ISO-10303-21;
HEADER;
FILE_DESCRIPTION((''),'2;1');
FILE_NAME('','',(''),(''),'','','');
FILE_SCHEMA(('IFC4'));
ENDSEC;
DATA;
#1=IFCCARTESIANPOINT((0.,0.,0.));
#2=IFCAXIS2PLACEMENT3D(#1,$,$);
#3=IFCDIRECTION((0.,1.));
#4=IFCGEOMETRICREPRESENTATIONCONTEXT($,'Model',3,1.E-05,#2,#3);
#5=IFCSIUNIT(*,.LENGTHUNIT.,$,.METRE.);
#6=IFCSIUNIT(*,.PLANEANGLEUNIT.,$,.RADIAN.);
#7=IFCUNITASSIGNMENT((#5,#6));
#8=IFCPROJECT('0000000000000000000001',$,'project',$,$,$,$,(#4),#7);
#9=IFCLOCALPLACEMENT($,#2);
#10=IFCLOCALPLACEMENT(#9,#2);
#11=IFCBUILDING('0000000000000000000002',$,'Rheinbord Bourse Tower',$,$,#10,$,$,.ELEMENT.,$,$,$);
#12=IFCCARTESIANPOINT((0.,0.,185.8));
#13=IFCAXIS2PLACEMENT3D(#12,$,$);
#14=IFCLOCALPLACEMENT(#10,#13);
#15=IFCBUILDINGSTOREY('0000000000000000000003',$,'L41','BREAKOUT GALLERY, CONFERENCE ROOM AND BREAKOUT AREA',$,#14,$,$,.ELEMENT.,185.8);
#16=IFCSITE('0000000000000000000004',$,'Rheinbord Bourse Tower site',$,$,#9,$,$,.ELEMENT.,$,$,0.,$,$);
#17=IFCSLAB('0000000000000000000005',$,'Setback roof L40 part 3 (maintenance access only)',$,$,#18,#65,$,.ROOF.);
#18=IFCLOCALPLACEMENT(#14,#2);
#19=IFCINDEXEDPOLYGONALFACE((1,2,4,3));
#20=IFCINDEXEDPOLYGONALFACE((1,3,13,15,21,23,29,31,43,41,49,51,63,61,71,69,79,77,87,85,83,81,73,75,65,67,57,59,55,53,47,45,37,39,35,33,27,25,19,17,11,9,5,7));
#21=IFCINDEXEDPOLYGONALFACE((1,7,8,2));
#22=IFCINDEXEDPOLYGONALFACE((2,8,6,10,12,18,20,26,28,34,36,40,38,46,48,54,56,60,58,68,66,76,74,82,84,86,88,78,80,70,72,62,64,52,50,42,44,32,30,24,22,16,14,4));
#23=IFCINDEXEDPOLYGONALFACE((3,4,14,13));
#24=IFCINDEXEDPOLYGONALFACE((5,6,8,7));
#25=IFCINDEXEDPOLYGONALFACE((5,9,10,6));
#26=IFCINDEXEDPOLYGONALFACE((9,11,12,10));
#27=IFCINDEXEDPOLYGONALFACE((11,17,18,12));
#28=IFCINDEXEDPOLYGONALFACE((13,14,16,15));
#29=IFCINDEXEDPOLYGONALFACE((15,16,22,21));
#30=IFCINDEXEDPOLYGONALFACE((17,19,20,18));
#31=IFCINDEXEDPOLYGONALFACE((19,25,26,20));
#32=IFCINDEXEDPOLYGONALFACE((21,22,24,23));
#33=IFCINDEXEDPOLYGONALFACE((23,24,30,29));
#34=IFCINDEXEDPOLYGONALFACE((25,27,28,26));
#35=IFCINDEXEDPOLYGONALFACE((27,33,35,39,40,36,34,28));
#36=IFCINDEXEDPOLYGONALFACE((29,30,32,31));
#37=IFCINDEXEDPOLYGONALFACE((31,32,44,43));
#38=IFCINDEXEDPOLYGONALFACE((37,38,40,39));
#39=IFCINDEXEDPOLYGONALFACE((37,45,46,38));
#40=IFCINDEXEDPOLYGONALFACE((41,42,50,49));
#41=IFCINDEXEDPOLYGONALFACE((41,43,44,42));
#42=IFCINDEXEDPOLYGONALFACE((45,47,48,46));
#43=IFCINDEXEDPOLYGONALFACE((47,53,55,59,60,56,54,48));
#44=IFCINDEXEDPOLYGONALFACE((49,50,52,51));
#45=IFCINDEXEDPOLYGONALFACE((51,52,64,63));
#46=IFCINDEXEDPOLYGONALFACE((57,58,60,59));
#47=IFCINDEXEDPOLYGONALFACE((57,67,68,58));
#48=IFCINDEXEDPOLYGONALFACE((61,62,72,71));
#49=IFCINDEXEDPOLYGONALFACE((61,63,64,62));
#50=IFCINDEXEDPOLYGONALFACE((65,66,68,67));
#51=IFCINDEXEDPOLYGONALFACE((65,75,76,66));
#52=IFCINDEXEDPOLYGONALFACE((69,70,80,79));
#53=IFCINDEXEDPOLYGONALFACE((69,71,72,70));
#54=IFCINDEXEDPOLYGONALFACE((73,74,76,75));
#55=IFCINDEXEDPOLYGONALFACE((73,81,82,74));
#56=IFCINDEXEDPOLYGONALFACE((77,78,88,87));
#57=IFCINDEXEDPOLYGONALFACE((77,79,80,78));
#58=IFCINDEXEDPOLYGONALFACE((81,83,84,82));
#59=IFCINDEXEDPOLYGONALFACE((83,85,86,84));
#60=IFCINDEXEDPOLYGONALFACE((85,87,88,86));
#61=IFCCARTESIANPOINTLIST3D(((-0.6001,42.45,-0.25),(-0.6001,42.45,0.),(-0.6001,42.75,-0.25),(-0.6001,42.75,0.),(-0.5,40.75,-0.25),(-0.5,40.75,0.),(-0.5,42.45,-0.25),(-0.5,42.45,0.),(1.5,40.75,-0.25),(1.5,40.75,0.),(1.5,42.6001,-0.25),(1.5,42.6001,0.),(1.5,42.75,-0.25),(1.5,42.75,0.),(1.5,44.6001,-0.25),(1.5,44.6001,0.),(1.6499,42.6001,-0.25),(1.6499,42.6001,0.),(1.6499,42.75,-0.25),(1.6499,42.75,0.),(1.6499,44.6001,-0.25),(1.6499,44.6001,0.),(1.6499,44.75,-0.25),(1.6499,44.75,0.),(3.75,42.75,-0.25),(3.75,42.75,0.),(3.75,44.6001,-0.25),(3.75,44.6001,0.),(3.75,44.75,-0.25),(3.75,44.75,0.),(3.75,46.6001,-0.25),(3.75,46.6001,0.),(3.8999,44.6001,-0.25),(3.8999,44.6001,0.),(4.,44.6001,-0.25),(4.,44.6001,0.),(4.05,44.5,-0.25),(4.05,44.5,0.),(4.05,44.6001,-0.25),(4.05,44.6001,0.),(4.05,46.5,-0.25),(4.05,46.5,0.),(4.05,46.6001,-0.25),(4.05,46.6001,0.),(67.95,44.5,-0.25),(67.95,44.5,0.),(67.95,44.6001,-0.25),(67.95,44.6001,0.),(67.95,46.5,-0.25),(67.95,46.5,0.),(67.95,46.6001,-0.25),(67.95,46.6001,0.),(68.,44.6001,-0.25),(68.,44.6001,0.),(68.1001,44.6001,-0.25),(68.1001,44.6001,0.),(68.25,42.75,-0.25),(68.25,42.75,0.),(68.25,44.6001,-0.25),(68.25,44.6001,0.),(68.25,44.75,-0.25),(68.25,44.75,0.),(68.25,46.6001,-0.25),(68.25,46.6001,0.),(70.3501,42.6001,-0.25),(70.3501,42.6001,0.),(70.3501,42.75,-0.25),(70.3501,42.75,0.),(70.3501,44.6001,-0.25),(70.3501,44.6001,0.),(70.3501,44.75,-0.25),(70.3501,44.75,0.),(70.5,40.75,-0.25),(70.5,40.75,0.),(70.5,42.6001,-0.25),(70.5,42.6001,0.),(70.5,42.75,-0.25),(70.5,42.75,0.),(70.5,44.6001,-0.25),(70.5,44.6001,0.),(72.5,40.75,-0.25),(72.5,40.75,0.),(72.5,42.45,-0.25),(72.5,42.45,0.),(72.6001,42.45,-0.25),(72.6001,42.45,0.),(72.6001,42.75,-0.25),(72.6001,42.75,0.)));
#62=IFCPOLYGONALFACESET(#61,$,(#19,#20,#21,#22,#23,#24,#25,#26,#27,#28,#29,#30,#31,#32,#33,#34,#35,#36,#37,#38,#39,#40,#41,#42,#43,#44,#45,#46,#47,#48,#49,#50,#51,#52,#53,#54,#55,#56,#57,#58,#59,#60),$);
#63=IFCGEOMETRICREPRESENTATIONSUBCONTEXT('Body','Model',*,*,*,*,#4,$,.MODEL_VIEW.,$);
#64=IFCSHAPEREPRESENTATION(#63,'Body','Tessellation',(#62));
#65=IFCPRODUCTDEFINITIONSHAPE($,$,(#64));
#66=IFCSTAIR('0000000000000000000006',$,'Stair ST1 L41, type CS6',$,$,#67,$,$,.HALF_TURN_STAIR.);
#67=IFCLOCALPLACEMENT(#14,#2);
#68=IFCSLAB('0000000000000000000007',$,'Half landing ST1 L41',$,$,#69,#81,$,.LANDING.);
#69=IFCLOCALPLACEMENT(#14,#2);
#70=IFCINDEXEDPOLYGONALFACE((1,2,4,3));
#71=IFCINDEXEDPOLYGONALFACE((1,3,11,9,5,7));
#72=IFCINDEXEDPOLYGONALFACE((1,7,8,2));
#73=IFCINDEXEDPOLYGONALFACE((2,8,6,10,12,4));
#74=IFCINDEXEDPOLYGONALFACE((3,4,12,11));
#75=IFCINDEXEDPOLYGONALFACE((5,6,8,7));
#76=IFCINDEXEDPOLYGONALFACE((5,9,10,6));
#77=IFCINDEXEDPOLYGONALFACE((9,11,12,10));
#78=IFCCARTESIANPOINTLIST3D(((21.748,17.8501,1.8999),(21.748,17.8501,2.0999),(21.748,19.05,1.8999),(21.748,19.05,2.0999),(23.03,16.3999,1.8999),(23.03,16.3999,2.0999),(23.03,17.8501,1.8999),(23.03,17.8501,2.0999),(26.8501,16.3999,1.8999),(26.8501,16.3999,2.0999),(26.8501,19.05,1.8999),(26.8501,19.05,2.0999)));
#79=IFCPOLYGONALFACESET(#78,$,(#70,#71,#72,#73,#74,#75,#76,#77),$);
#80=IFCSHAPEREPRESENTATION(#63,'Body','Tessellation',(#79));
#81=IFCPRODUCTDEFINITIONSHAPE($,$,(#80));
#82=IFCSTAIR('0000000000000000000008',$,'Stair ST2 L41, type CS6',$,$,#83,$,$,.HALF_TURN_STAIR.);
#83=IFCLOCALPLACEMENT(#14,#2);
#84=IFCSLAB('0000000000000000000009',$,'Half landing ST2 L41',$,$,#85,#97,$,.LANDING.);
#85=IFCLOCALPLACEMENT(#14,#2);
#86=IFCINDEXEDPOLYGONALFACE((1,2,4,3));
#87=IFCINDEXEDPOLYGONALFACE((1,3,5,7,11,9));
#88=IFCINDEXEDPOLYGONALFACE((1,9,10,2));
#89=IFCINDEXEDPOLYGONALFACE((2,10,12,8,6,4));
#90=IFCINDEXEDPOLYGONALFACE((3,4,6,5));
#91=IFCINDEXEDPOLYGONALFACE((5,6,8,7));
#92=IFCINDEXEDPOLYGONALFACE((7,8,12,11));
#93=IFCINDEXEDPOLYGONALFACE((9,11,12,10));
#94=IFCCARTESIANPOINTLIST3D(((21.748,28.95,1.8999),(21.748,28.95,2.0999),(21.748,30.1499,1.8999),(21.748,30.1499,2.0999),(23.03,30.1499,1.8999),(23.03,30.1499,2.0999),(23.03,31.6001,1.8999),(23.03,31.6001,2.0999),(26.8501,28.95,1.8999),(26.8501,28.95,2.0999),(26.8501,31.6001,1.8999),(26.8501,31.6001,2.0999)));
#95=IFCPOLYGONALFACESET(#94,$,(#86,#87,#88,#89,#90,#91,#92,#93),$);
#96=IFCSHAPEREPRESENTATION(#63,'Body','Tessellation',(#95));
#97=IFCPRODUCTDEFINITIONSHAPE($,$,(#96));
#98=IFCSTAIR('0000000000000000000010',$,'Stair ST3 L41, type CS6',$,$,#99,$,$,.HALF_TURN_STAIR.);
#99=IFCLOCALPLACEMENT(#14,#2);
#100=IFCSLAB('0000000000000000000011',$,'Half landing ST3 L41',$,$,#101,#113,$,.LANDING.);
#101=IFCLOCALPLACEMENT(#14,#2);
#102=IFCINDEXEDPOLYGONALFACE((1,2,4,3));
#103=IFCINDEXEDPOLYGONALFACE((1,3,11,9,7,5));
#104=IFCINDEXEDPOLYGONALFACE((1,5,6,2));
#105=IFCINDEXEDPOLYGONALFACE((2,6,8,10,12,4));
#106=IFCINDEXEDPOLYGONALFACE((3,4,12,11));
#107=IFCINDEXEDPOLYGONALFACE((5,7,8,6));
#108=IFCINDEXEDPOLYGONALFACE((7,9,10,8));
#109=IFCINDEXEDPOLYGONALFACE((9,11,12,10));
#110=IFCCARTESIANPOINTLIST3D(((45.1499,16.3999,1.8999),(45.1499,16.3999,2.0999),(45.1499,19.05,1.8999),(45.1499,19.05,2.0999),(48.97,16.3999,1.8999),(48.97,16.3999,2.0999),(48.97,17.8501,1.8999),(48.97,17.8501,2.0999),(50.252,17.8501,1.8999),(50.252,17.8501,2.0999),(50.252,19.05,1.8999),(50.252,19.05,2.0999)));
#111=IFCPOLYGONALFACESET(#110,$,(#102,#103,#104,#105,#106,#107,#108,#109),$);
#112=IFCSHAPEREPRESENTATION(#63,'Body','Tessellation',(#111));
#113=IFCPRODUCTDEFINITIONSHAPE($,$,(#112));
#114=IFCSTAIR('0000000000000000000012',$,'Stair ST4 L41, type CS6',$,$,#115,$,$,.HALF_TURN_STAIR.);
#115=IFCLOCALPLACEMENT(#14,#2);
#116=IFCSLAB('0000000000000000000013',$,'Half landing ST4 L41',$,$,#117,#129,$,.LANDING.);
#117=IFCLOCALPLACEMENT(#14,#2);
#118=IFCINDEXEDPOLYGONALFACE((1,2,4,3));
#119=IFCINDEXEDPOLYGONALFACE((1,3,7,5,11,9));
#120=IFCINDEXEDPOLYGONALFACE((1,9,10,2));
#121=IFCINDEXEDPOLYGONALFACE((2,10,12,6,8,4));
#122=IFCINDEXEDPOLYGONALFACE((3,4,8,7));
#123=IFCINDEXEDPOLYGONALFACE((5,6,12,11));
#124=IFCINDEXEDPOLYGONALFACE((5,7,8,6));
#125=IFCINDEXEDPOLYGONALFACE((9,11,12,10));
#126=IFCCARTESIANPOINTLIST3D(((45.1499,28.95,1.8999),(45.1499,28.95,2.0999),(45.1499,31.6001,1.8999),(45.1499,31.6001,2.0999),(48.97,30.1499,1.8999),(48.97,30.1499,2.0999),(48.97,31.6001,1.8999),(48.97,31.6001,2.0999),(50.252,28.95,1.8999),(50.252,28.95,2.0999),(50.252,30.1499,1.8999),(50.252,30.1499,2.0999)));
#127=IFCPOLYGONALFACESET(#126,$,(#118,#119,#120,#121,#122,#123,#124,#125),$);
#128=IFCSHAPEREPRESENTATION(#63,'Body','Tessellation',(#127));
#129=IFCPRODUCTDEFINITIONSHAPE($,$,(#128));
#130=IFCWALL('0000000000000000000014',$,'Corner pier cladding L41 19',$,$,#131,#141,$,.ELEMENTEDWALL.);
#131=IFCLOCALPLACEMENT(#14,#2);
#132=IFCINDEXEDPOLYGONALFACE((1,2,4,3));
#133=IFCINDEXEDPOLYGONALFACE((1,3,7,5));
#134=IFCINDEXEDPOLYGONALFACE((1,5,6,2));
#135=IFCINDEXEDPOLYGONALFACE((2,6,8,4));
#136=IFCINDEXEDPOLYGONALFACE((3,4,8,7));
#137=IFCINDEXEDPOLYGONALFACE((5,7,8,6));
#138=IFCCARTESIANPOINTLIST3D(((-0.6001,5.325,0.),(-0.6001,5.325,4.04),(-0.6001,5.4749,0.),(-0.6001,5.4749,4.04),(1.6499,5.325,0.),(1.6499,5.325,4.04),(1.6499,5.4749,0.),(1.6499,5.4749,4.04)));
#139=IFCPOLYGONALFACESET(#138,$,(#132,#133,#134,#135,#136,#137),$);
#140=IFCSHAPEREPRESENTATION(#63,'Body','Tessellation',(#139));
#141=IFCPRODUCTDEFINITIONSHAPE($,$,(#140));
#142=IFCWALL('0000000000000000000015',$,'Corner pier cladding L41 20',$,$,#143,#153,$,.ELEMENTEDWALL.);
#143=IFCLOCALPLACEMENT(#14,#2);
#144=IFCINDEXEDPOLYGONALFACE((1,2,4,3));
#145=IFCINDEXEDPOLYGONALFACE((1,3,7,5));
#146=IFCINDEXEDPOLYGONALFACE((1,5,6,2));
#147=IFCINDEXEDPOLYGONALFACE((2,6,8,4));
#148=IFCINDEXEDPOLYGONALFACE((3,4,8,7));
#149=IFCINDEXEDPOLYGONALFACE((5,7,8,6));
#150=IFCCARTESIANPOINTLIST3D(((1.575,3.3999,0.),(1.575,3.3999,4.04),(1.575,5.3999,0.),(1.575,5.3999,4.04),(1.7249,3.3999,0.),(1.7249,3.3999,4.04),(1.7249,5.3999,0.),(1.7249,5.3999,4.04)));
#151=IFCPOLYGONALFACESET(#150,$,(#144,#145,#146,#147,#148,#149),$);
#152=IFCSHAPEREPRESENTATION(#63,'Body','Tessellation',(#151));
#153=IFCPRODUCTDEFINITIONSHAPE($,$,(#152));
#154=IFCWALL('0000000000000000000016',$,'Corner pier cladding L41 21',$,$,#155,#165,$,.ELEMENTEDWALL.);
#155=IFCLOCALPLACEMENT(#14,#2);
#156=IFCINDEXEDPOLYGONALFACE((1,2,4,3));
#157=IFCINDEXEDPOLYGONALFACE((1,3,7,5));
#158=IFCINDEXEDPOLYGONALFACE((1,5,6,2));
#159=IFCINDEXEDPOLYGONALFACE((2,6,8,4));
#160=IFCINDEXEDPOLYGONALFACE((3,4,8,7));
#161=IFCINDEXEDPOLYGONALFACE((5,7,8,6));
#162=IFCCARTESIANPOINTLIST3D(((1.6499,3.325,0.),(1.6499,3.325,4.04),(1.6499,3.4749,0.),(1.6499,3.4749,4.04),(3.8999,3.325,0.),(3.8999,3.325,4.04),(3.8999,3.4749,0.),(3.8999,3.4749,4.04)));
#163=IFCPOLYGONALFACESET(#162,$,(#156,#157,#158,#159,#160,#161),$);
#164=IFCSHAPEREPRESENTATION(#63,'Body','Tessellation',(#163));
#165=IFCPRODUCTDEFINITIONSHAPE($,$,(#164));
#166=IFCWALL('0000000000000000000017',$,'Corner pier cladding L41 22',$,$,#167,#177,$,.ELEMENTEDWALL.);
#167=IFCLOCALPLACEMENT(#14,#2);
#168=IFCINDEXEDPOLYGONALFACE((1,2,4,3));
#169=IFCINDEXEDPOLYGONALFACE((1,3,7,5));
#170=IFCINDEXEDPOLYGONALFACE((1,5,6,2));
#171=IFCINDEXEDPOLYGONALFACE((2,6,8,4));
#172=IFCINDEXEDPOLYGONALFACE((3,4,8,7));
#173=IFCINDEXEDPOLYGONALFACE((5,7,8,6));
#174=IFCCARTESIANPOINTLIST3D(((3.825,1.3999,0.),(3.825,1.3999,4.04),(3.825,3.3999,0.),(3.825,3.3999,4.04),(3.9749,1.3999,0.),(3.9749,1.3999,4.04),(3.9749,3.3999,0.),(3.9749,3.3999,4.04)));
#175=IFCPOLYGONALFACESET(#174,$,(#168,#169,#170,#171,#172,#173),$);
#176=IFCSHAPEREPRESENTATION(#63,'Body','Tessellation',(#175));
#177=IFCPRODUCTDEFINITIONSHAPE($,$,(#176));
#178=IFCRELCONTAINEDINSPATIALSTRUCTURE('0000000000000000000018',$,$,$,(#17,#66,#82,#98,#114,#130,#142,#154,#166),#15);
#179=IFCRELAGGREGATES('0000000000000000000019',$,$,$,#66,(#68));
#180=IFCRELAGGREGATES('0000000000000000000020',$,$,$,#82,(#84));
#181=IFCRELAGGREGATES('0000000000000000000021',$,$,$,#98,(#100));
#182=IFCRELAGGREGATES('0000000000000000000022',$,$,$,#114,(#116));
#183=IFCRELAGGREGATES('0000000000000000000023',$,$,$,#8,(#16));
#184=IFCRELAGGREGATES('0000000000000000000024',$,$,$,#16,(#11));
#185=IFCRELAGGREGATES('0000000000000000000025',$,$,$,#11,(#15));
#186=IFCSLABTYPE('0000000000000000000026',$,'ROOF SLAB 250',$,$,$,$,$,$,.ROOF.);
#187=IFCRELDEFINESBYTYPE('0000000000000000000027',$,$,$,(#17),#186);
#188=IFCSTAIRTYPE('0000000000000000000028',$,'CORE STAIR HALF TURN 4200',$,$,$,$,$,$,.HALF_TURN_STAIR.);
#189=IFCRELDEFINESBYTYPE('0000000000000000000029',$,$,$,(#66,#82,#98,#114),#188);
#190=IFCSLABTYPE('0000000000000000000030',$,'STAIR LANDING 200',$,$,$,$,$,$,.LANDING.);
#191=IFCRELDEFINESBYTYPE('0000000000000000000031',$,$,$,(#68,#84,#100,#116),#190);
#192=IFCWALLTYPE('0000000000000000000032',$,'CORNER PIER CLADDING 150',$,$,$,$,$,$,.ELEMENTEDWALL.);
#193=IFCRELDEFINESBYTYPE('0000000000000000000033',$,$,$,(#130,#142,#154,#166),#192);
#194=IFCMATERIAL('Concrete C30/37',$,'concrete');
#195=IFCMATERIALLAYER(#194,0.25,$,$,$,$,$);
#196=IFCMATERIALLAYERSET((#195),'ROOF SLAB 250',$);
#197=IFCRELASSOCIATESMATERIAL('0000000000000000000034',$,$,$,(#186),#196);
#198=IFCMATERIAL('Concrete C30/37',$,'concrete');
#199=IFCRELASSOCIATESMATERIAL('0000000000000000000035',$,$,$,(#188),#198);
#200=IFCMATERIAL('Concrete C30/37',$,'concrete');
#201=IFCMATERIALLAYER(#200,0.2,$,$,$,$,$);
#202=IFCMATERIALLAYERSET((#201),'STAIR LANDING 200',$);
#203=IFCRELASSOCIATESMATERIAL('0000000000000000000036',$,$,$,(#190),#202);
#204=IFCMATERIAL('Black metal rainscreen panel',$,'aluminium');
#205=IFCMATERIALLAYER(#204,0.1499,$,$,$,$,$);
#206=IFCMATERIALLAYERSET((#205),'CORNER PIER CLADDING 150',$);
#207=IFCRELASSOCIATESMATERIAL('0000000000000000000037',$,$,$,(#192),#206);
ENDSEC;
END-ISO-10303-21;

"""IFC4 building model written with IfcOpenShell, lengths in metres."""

from ifc_helpers import new_model, si_unit, direction, frame, frame_2d, origin, place, context, subcontext, project, spatial, polyline, rectangle, outline, extrude, material, layer, layer_set, type_object, element, aggregate, save


model = new_model("IFC4")

# Units and contexts
model_context = context("Model", 3, precision=1e-05, world=origin(), true_north=direction((0.0, 1.0)))
body_context = subcontext(model_context, "Body", "Model", "MODEL_VIEW")
ifc_project = project(units=[si_unit("LENGTHUNIT", "METRE"), si_unit("PLANEANGLEUNIT", "RADIAN")], contexts=[model_context])

# Site, building, storey
site_placement = place(None, origin())
site = spatial("IfcSite", under=ifc_project, at=site_placement, Name="Rheinbord Bourse Tower site", CompositionType="ELEMENT", RefElevation=0.0)
building_placement = place(site_placement, origin())
building = spatial("IfcBuilding", under=site, at=building_placement, Name="Rheinbord Bourse Tower", CompositionType="ELEMENT")
storey_placement = place(building_placement, frame((0.0, 0.0, 185.8)))
storey = spatial("IfcBuildingStorey", under=building, at=storey_placement, Name="L41", Description="BREAKOUT GALLERY, CONFERENCE ROOM AND BREAKOUT AREA", CompositionType="ELEMENT", Elevation=185.8)

# Slab
ifc_material_1 = material(Name="Concrete C30/37", Category="concrete")
ifc_layer_1 = layer(ifc_material_1, 0.25)
ifc_layer_set_1 = layer_set([ifc_layer_1], Name="ROOF SLAB 250")
slab_type_1 = type_object("IfcSlabType", Name="ROOF SLAB 250", PredefinedType="ROOF", material=ifc_layer_set_1)
slab_1_placement = place(storey_placement, frame((0.0, 0.0, -0.25)))
element("IfcSlab", 1, at=slab_1_placement, inside=storey, type_object=slab_type_1, Name="Setback roof L40 part 3 (maintenance access only)", PredefinedType="ROOF", context=body_context, shape_type="SweptSolid", body=[
    extrude(outline(polyline([(-0.5, 42.45), (-0.6001, 42.45), (-0.6001, 42.75), (1.5, 42.75), (1.5, 44.6001), (1.6499, 44.6001), (1.6499, 44.75), (3.75, 44.75), (3.75, 46.6001), (4.05, 46.6001), (4.05, 46.5), (67.95, 46.5), (67.95, 46.6001), (68.25, 46.6001), (68.25, 44.75), (70.3501, 44.75), (70.3501, 44.6001), (70.5, 44.6001), (70.5, 42.75), (72.6001, 42.75), (72.6001, 42.45), (72.5, 42.45), (72.5, 40.75), (70.5, 40.75), (70.5, 42.6001), (70.3501, 42.6001), (70.3501, 42.75), (68.25, 42.75), (68.25, 44.6001), (68.1001, 44.6001), (68.0, 44.6001), (67.95, 44.6001), (67.95, 44.5), (4.05, 44.5), (4.05, 44.6001), (4.0, 44.6001), (3.8999, 44.6001), (3.75, 44.6001), (3.75, 42.75), (1.6499, 42.75), (1.6499, 42.6001), (1.5, 42.6001), (1.5, 40.75), (-0.5, 40.75), (-0.5, 42.45)])), origin(), (0.0, 0.0, 1.0), 0.25),
])

# Stairs, slabs
ifc_material_2 = material(Name="Concrete C30/37", Category="concrete")
stair_type = type_object("IfcStairType", Name="CORE STAIR HALF TURN 4200", PredefinedType="HALF_TURN_STAIR", material=ifc_material_2)
stair_1_placement = place(storey_placement, origin())
stair_1 = element("IfcStair", 2, at=stair_1_placement, inside=storey, type_object=stair_type, Name="Stair ST1 L41, type CS6", PredefinedType="HALF_TURN_STAIR")
ifc_material_3 = material(Name="Concrete C30/37", Category="concrete")
ifc_layer_2 = layer(ifc_material_3, 0.2)
ifc_layer_set_2 = layer_set([ifc_layer_2], Name="STAIR LANDING 200")
slab_type_2 = type_object("IfcSlabType", Name="STAIR LANDING 200", PredefinedType="LANDING", material=ifc_layer_set_2)
slab_2_placement = place(storey_placement, frame((0.0, 0.0, 1.8999)))
slab_2 = element("IfcSlab", 3, at=slab_2_placement, type_object=slab_type_2, Name="Half landing ST1 L41", PredefinedType="LANDING", context=body_context, shape_type="SweptSolid", body=[
    extrude(outline(polyline([(23.03, 16.3999), (26.8501, 16.3999), (26.8501, 19.05), (21.748, 19.05), (21.748, 17.8501), (23.03, 17.8501), (23.03, 16.3999)])), origin(), (0.0, 0.0, 1.0), 0.2),
])
aggregate(stair_1, [slab_2])
stair_2_placement = place(storey_placement, origin())
stair_2 = element("IfcStair", 4, at=stair_2_placement, inside=storey, type_object=stair_type, Name="Stair ST2 L41, type CS6", PredefinedType="HALF_TURN_STAIR")
slab_3_placement = place(storey_placement, frame((0.0, 0.0, 1.8999)))
slab_3 = element("IfcSlab", 5, at=slab_3_placement, type_object=slab_type_2, Name="Half landing ST2 L41", PredefinedType="LANDING", context=body_context, shape_type="SweptSolid", body=[
    extrude(outline(polyline([(21.748, 28.95), (26.8501, 28.95), (26.8501, 31.6001), (23.03, 31.6001), (23.03, 30.1499), (21.748, 30.1499), (21.748, 28.95)])), origin(), (0.0, 0.0, 1.0), 0.2),
])
aggregate(stair_2, [slab_3])
stair_3_placement = place(storey_placement, origin())
stair_3 = element("IfcStair", 6, at=stair_3_placement, inside=storey, type_object=stair_type, Name="Stair ST3 L41, type CS6", PredefinedType="HALF_TURN_STAIR")
slab_4_placement = place(storey_placement, frame((0.0, 0.0, 1.8999)))
slab_4 = element("IfcSlab", 7, at=slab_4_placement, type_object=slab_type_2, Name="Half landing ST3 L41", PredefinedType="LANDING", context=body_context, shape_type="SweptSolid", body=[
    extrude(outline(polyline([(45.1499, 16.3999), (48.97, 16.3999), (48.97, 17.8501), (50.252, 17.8501), (50.252, 19.05), (45.1499, 19.05), (45.1499, 16.3999)])), origin(), (0.0, 0.0, 1.0), 0.2),
])
aggregate(stair_3, [slab_4])
stair_4_placement = place(storey_placement, origin())
stair_4 = element("IfcStair", 8, at=stair_4_placement, inside=storey, type_object=stair_type, Name="Stair ST4 L41, type CS6", PredefinedType="HALF_TURN_STAIR")
slab_5_placement = place(storey_placement, frame((0.0, 0.0, 1.8999)))
slab_5 = element("IfcSlab", 9, at=slab_5_placement, type_object=slab_type_2, Name="Half landing ST4 L41", PredefinedType="LANDING", context=body_context, shape_type="SweptSolid", body=[
    extrude(outline(polyline([(45.1499, 28.95), (50.252, 28.95), (50.252, 30.1499), (48.97, 30.1499), (48.97, 31.6001), (45.1499, 31.6001), (45.1499, 28.95)])), origin(), (0.0, 0.0, 1.0), 0.2),
])
aggregate(stair_4, [slab_5])

# Walls
ifc_material_4 = material(Name="Black metal rainscreen panel", Category="aluminium")
ifc_layer_3 = layer(ifc_material_4, 0.1499)
ifc_layer_set_3 = layer_set([ifc_layer_3], Name="CORNER PIER CLADDING 150")
wall_type = type_object("IfcWallType", Name="CORNER PIER CLADDING 150", PredefinedType="ELEMENTEDWALL", material=ifc_layer_set_3)
wall_1_placement = place(storey_placement, frame((-0.6001, 5.3999, 0.0), z_axis=(0.0, 0.0, 1.0), x_axis=(1.0, 0.0, 0.0)))
element("IfcWall", 10, at=wall_1_placement, inside=storey, type_object=wall_type, Name="Corner pier cladding L41 19", PredefinedType="ELEMENTEDWALL", context=body_context, shape_type="SweptSolid", body=[
    extrude(rectangle(XDim=2.25, YDim=0.1499, at=frame_2d((1.125, 0.0))), origin(), (0.0, 0.0, 1.0), 4.04),
])
wall_2_placement = place(storey_placement, frame((1.6499, 5.3999, 0.0), z_axis=(0.0, 0.0, 1.0), x_axis=(0.0, -1.0, 0.0)))
element("IfcWall", 11, at=wall_2_placement, inside=storey, type_object=wall_type, Name="Corner pier cladding L41 20", PredefinedType="ELEMENTEDWALL", context=body_context, shape_type="SweptSolid", body=[
    extrude(rectangle(XDim=2.0, YDim=0.1499, at=frame_2d((1.0, 0.0))), origin(), (0.0, 0.0, 1.0), 4.04),
])
wall_3_placement = place(storey_placement, frame((1.6499, 3.3999, 0.0), z_axis=(0.0, 0.0, 1.0), x_axis=(1.0, 0.0, 0.0)))
element("IfcWall", 12, at=wall_3_placement, inside=storey, type_object=wall_type, Name="Corner pier cladding L41 21", PredefinedType="ELEMENTEDWALL", context=body_context, shape_type="SweptSolid", body=[
    extrude(rectangle(XDim=2.25, YDim=0.1499, at=frame_2d((1.125, 0.0))), origin(), (0.0, 0.0, 1.0), 4.04),
])
wall_4_placement = place(storey_placement, frame((3.8999, 3.3999, 0.0), z_axis=(0.0, 0.0, 1.0), x_axis=(0.0, -1.0, 0.0)))
element("IfcWall", 13, at=wall_4_placement, inside=storey, type_object=wall_type, Name="Corner pier cladding L41 22", PredefinedType="ELEMENTEDWALL", context=body_context, shape_type="SweptSolid", body=[
    extrude(rectangle(XDim=2.0, YDim=0.1499, at=frame_2d((1.0, 0.0))), origin(), (0.0, 0.0, 1.0), 4.04),
])

save(model, "model.ifc")
